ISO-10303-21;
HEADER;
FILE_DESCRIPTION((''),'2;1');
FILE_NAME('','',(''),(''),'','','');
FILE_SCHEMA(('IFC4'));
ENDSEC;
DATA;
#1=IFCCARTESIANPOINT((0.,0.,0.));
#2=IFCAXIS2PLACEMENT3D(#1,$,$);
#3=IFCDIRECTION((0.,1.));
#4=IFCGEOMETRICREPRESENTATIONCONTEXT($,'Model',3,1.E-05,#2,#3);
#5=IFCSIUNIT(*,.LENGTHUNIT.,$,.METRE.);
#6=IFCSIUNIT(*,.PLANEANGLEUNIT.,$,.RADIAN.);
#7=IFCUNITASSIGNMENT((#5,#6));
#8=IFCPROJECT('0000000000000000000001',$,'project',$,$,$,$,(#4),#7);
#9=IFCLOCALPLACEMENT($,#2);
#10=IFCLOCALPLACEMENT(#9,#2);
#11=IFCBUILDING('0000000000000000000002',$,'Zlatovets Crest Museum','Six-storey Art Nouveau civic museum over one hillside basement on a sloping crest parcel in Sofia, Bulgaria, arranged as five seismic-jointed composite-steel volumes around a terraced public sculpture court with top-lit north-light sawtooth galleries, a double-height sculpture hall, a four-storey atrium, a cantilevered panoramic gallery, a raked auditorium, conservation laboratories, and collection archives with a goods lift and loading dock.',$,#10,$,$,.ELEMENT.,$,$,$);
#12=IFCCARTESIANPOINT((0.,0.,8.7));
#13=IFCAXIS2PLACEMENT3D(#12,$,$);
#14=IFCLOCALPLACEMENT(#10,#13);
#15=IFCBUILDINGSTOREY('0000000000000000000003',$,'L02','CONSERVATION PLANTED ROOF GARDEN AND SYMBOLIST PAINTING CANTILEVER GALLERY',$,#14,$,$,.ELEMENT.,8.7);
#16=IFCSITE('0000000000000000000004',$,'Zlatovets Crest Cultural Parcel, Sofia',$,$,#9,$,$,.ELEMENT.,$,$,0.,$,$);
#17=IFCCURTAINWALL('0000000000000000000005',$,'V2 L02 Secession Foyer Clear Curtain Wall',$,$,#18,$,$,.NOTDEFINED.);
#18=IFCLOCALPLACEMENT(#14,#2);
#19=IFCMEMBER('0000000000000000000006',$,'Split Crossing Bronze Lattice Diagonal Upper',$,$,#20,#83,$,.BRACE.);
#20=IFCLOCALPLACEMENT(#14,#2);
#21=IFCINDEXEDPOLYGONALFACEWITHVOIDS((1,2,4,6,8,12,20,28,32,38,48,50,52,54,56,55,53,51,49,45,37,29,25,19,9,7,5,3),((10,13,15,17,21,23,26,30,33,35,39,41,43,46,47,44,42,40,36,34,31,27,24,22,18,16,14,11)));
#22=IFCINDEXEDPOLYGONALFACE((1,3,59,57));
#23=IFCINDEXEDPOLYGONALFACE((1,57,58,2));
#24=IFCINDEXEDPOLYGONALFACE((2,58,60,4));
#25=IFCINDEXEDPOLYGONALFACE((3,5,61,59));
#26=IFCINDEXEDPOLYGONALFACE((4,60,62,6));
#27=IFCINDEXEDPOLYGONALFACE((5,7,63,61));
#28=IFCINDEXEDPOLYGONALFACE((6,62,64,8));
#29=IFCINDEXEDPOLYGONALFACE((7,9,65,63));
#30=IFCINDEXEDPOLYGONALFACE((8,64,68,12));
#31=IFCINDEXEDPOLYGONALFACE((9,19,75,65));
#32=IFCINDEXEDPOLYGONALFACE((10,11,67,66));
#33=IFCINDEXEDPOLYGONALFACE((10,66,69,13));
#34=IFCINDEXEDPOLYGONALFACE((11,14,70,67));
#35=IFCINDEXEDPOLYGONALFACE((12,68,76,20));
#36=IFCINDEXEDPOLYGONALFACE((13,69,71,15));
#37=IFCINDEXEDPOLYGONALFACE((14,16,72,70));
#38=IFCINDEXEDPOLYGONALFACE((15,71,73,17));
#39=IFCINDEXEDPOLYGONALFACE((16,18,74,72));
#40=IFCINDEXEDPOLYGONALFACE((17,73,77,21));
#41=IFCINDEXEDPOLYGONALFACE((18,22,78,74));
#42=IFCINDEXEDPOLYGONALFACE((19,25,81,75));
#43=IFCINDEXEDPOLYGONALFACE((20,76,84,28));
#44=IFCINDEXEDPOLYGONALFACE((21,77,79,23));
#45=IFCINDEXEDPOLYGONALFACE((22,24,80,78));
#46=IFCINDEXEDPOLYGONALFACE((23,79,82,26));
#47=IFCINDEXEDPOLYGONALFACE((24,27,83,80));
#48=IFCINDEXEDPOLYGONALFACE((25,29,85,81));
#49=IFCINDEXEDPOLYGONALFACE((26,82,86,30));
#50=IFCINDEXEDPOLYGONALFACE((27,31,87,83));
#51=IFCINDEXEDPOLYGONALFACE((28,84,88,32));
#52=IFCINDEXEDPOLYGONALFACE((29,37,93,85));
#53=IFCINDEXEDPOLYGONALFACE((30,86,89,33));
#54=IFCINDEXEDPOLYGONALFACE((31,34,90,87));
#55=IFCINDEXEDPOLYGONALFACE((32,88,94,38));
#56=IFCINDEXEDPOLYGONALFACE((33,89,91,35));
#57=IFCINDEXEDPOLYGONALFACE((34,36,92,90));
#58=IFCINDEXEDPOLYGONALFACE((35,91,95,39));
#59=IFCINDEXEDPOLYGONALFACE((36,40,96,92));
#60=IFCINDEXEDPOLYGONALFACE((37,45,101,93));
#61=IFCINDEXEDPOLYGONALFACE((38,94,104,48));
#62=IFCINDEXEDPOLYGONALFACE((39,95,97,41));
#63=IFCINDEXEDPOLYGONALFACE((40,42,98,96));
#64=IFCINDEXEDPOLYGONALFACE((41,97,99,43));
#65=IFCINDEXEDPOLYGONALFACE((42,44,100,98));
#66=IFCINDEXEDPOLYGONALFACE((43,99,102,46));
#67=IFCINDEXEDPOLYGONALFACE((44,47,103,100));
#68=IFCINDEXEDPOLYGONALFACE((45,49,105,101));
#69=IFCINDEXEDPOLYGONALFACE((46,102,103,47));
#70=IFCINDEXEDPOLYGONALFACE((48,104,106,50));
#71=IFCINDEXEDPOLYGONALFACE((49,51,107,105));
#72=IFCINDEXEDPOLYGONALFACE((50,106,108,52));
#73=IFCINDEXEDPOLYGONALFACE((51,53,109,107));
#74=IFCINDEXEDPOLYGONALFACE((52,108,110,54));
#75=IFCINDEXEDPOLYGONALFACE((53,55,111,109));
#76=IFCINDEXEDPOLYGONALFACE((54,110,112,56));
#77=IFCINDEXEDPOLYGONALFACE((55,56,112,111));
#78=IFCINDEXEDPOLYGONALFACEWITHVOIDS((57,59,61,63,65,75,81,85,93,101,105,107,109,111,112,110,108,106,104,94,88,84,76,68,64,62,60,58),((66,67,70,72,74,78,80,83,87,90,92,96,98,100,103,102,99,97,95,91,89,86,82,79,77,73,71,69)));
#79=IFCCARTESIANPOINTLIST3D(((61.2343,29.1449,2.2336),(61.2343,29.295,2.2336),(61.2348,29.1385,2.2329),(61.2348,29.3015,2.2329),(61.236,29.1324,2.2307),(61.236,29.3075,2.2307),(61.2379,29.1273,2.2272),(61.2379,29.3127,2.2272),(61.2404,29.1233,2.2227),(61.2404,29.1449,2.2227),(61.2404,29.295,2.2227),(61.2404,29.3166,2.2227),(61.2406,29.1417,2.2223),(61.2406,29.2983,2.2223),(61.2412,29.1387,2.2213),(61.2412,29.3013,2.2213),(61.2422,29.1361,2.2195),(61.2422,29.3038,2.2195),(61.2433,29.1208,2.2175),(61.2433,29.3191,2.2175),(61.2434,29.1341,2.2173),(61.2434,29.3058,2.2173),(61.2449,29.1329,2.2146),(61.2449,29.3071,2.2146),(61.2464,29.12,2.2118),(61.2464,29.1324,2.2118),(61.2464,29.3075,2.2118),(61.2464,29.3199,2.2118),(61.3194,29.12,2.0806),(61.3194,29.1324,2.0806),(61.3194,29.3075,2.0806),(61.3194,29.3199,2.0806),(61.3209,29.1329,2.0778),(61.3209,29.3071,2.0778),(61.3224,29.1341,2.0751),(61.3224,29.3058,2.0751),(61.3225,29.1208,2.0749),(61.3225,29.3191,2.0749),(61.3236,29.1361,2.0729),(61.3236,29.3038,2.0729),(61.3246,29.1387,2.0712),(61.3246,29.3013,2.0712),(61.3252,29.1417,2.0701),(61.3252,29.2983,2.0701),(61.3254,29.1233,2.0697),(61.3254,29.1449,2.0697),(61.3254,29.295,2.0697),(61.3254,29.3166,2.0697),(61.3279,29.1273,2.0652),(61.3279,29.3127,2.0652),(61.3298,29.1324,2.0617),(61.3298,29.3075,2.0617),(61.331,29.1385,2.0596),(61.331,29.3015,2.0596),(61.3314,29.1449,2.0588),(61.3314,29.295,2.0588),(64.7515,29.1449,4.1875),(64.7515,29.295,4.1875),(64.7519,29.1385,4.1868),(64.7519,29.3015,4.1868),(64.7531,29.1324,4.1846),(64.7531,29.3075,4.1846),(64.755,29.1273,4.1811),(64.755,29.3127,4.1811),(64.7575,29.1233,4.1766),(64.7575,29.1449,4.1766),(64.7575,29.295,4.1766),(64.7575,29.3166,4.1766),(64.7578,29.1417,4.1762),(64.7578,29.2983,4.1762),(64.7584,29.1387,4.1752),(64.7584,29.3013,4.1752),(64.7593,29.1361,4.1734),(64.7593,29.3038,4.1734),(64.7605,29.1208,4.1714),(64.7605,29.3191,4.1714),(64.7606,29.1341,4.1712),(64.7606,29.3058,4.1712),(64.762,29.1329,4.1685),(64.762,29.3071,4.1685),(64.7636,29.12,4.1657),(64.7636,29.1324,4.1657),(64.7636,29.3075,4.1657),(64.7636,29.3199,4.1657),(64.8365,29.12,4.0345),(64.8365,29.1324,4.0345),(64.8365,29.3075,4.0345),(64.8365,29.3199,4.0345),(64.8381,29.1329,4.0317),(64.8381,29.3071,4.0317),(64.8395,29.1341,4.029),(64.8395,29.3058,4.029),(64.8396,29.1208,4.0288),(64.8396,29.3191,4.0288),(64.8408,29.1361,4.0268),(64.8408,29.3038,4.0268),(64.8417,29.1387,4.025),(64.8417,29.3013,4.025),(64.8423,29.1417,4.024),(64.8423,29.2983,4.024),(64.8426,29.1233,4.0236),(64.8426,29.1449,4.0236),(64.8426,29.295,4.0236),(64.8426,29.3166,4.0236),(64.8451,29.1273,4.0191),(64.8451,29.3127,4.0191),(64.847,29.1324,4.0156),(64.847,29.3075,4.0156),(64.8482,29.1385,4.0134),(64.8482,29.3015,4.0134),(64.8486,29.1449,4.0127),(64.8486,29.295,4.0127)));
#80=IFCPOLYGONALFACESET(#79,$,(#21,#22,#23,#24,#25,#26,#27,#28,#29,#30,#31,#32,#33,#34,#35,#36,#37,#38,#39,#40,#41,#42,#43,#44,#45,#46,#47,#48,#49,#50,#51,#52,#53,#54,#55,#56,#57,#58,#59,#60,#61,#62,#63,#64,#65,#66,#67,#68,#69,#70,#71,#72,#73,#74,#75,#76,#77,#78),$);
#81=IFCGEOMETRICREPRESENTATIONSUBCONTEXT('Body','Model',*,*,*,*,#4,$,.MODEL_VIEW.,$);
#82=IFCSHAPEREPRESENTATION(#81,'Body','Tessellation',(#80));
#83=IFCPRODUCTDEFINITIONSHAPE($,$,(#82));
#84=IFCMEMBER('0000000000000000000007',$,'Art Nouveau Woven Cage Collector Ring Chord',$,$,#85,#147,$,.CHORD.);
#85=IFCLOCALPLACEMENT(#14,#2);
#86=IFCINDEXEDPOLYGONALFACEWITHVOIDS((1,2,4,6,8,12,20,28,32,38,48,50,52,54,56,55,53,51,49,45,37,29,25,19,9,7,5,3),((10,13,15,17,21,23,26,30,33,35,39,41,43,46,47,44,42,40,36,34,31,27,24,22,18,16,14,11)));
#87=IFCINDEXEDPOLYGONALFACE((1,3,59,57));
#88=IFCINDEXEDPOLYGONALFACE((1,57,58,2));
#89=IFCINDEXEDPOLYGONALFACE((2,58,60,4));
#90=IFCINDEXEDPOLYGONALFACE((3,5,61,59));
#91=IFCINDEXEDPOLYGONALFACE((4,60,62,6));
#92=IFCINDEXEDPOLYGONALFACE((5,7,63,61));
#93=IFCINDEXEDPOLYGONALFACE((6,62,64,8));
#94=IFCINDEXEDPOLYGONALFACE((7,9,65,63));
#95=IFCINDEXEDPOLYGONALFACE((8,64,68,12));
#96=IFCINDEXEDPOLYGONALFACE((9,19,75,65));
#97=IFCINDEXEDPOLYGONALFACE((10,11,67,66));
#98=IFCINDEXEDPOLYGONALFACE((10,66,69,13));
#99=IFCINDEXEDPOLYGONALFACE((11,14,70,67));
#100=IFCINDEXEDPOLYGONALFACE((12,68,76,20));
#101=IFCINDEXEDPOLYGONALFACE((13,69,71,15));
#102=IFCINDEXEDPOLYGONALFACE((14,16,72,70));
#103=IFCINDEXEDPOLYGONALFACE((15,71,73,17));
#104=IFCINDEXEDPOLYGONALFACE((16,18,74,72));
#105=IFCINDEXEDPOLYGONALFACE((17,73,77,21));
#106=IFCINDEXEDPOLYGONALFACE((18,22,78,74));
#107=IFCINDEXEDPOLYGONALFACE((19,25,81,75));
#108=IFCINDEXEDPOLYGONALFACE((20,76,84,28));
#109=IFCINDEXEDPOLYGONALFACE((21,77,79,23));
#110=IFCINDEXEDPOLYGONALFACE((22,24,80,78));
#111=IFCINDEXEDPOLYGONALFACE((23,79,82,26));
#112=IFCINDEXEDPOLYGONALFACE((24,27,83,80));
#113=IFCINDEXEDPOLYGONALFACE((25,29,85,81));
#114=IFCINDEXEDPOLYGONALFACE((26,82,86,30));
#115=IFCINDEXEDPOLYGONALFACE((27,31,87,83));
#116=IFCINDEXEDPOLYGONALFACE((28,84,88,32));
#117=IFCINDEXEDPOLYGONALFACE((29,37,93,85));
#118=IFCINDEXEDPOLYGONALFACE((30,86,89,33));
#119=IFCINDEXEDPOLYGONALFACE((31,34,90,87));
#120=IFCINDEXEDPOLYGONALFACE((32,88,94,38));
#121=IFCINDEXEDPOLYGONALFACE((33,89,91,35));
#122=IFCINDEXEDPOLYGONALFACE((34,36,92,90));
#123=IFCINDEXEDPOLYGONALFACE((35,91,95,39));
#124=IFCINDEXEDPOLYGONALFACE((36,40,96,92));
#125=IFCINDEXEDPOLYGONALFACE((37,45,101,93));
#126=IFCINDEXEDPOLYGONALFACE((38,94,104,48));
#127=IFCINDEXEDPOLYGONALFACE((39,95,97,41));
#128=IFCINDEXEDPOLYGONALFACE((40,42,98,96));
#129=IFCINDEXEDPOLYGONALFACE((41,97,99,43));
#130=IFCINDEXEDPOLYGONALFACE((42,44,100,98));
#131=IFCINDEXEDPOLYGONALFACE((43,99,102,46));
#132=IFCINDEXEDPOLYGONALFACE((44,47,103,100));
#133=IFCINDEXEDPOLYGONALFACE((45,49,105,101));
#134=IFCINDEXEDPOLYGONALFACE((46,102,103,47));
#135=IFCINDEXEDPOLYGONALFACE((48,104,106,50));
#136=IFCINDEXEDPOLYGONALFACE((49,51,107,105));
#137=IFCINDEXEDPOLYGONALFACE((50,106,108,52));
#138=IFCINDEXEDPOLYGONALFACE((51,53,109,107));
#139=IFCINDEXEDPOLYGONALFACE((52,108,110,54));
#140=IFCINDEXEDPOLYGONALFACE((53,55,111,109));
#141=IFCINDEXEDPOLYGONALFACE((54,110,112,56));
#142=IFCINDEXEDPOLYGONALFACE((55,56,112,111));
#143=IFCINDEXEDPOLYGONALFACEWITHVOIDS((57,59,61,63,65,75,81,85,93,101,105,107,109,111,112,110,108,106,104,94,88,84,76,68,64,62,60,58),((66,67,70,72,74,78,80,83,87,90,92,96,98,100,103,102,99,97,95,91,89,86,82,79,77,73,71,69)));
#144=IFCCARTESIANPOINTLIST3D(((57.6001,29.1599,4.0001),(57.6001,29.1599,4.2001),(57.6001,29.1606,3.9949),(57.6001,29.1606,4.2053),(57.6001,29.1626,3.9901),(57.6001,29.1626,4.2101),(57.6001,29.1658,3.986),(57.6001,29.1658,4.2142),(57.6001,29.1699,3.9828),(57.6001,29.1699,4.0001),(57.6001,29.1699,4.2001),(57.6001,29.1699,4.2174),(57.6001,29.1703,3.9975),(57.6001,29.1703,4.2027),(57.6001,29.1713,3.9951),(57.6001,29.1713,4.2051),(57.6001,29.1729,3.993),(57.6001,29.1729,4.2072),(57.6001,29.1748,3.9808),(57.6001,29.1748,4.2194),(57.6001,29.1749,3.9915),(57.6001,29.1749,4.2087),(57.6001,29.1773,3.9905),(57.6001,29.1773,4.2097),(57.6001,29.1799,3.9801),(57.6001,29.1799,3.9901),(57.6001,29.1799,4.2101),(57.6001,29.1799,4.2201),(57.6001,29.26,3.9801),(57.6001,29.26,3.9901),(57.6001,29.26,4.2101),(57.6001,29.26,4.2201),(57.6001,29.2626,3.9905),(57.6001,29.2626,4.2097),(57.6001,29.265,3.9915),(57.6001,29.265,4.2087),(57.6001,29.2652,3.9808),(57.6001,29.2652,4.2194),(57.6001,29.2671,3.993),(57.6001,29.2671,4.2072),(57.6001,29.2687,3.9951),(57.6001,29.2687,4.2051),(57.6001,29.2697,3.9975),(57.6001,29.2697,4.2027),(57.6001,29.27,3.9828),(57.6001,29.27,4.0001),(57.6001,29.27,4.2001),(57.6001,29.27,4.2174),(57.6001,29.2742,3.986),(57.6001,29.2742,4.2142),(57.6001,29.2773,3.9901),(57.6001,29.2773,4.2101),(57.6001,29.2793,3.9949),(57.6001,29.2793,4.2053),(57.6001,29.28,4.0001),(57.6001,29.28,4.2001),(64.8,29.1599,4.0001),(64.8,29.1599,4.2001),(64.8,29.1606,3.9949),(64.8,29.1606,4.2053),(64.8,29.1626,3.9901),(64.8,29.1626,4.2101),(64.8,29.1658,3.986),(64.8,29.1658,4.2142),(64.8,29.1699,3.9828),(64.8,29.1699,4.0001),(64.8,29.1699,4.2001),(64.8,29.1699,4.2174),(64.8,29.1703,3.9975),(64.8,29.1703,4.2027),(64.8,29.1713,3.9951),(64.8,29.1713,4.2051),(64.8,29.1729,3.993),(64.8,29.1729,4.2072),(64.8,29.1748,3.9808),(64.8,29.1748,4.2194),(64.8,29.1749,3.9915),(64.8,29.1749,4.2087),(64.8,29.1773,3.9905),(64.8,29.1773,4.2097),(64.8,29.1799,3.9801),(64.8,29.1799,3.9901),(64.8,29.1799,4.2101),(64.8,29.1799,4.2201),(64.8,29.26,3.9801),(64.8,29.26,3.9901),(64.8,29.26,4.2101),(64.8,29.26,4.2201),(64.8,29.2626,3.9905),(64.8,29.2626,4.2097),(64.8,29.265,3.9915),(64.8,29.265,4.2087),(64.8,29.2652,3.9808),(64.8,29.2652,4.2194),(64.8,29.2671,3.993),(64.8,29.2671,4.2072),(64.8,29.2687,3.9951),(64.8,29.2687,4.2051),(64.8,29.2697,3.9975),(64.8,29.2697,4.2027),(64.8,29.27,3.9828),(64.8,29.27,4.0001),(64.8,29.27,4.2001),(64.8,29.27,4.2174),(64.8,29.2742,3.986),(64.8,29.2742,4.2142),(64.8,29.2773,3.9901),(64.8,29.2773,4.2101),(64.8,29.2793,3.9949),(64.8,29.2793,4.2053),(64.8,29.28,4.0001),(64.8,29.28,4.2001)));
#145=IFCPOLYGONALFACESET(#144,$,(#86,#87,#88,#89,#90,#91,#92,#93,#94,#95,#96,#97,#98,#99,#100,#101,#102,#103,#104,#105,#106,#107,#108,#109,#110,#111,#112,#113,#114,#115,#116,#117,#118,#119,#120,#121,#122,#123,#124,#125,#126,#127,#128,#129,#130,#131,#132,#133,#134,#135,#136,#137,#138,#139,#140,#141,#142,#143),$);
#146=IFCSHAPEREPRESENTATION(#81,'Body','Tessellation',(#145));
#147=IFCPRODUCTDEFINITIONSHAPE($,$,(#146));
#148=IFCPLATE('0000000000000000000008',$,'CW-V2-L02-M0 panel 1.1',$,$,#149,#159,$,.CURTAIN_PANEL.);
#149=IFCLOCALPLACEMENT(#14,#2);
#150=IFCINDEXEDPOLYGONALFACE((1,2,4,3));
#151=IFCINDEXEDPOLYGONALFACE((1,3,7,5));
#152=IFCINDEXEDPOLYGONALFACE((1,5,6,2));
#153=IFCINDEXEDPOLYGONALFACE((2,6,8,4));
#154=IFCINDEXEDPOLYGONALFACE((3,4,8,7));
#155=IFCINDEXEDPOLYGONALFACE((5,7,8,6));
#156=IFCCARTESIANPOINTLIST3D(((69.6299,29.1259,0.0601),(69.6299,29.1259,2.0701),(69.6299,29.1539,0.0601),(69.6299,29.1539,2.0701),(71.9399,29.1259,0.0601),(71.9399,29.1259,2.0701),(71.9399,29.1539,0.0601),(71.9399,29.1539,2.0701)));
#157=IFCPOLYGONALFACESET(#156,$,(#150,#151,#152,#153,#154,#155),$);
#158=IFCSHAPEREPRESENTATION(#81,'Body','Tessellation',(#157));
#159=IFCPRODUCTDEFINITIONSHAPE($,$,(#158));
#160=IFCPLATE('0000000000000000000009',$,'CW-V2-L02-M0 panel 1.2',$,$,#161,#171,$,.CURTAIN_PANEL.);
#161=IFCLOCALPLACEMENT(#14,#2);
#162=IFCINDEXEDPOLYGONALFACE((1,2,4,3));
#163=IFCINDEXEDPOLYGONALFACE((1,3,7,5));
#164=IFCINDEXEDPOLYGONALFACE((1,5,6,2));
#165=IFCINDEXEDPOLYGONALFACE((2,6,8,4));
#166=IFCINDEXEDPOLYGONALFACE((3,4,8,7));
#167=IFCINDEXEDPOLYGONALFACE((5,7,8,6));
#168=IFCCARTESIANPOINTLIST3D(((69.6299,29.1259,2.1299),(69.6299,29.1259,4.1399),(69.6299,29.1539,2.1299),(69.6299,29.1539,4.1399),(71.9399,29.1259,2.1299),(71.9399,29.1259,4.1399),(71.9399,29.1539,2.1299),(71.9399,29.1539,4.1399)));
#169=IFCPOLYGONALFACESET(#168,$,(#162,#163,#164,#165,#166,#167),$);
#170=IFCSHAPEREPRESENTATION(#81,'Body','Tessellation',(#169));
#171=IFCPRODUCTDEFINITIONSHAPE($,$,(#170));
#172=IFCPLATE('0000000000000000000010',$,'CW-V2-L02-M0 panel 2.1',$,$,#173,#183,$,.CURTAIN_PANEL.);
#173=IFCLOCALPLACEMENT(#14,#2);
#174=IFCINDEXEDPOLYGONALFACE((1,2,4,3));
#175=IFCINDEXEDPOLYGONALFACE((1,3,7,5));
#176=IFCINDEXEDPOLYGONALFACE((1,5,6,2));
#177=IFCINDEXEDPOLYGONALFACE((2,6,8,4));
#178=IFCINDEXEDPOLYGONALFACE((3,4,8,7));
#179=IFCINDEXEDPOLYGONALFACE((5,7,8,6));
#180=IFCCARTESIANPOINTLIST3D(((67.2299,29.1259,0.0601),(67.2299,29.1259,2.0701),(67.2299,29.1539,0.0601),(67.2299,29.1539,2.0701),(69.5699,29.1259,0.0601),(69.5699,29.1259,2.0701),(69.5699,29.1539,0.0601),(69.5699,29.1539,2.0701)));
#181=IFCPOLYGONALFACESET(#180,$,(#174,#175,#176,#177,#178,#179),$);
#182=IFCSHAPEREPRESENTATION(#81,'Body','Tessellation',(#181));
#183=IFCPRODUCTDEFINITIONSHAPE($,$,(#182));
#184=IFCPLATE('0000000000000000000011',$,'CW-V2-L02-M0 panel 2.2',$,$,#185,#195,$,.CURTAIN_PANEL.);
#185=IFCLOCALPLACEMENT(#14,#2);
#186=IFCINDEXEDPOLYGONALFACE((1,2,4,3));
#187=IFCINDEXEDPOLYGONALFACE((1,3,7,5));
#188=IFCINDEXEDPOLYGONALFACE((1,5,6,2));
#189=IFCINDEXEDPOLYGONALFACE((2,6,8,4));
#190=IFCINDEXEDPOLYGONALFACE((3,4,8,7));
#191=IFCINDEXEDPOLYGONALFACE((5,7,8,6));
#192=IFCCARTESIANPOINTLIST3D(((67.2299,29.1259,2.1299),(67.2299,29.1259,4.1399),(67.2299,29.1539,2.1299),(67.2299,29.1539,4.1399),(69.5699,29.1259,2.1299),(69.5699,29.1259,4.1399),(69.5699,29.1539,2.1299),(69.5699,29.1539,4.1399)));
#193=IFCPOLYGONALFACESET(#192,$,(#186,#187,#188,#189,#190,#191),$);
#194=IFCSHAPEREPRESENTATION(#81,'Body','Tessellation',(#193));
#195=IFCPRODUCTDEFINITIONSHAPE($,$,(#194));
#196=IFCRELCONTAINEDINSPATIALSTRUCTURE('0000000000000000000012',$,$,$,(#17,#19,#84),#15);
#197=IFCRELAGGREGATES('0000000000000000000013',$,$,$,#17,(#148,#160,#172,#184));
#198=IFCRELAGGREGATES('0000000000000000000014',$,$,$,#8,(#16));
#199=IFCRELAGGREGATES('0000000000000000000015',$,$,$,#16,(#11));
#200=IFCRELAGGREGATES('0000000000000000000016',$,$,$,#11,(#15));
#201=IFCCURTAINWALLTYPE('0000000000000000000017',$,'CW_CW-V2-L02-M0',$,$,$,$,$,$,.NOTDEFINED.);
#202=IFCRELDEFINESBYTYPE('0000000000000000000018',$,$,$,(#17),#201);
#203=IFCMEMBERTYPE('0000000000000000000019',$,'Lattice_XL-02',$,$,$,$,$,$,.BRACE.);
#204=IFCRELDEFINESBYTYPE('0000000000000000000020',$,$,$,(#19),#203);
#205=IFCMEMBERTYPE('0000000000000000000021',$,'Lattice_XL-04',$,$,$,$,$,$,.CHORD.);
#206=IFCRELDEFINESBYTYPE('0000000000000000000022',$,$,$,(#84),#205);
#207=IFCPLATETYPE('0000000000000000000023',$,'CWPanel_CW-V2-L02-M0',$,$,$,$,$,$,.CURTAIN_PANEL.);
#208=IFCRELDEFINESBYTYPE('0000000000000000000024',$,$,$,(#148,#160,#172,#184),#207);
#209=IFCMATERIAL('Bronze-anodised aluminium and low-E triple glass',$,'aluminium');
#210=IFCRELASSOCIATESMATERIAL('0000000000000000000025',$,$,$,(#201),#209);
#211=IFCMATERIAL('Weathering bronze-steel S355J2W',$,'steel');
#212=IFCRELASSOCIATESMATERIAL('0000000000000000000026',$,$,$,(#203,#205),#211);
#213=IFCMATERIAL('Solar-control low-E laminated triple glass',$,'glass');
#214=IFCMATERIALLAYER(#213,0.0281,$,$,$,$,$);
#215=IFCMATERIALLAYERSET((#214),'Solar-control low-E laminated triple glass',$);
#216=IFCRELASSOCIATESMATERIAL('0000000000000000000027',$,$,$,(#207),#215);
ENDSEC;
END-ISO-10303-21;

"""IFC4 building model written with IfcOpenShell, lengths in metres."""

from ifc_helpers import new_model, si_unit, direction, frame, origin, origin_2d, place, context, subcontext, project, spatial, rectangle, hollow_rectangle, extrude, material, layer, layer_set, material_profile, profile_set, type_object, element, aggregate, save


model = new_model("IFC4")

# Units and contexts
model_context = context("Model", 3, precision=1e-05, world=origin(), true_north=direction((0.0, 1.0)))
body_context = subcontext(model_context, "Body", "Model", "MODEL_VIEW")
ifc_project = project(units=[si_unit("LENGTHUNIT", "METRE"), si_unit("PLANEANGLEUNIT", "RADIAN")], contexts=[model_context])

# Site, building, storey
site_placement = place(None, origin())
site = spatial("IfcSite", under=ifc_project, at=site_placement, Name="Zlatovets Crest Cultural Parcel, Sofia", CompositionType="ELEMENT", RefElevation=0.0)
building_placement = place(site_placement, origin())
building = spatial("IfcBuilding", under=site, at=building_placement, Name="Zlatovets Crest Museum", Description="Six-storey Art Nouveau civic museum over one hillside basement on a sloping crest parcel in Sofia, Bulgaria, arranged as five seismic-jointed composite-steel volumes around a terraced public sculpture court with top-lit north-light sawtooth galleries, a double-height sculpture hall, a four-storey atrium, a cantilevered panoramic gallery, a raked auditorium, conservation laboratories, and collection archives with a goods lift and loading dock.", CompositionType="ELEMENT")
storey_placement = place(building_placement, frame((0.0, 0.0, 8.7)))
storey = spatial("IfcBuildingStorey", under=building, at=storey_placement, Name="L02", Description="CONSERVATION PLANTED ROOF GARDEN AND SYMBOLIST PAINTING CANTILEVER GALLERY", CompositionType="ELEMENT", Elevation=8.7)

# Curtain wall
ifc_material_1 = material(Name="Bronze-anodised aluminium and low-E triple glass", Category="aluminium")
curtain_wall_type_1 = type_object("IfcCurtainWallType", Name="CW_CW-V2-L02-M0", PredefinedType="NOTDEFINED", material=ifc_material_1)
curtain_wall_1_placement = place(storey_placement, origin())
curtain_wall_1 = element("IfcCurtainWall", 1, at=curtain_wall_1_placement, inside=storey, type_object=curtain_wall_type_1, Name="V2 L02 Secession Foyer Clear Curtain Wall", PredefinedType="NOTDEFINED")

# Members
ifc_material_2 = material(Name="Weathering bronze-steel S355J2W", Category="steel")
ifc_material_profile_1 = material_profile(ifc_material_2, hollow_rectangle(XDim=0.2, YDim=0.2, WallThickness=0.0125, InnerFilletRadius=0.0125, OuterFilletRadius=0.0249, at=origin_2d()), Name="SHS 200x200x12.5")
ifc_profile_set_1 = profile_set([ifc_material_profile_1], Name="Weathering bronze-steel S355J2W")
member_type_1 = type_object("IfcMemberType", Name="Lattice_XL-02", PredefinedType="BRACE", material=ifc_profile_set_1)
member_1_placement = place(storey_placement, frame((64.8, 29.22, 4.1001), z_axis=(-0.874166, 0.0, -0.485627), x_axis=(0.0, -1.0, 0.0)))
element("IfcMember", 2, at=member_1_placement, inside=storey, type_object=member_type_1, Name="Split Crossing Bronze Lattice Diagonal Upper", PredefinedType="BRACE", context=body_context, shape_type="SweptSolid", body=[
    extrude(hollow_rectangle(XDim=0.2, YDim=0.2, WallThickness=0.0125, InnerFilletRadius=0.0125, OuterFilletRadius=0.0249, at=origin_2d()), origin(), (0.0, 0.0, 1.0), 4.0234),
])
ifc_material_profile_2 = material_profile(ifc_material_2, hollow_rectangle(XDim=0.1201, YDim=0.24, WallThickness=0.01, InnerFilletRadius=0.01, OuterFilletRadius=0.02, at=origin_2d()), Name="RHS 120x240x10.0")
ifc_profile_set_2 = profile_set([ifc_material_profile_2], Name="Weathering bronze-steel S355J2W")
member_type_2 = type_object("IfcMemberType", Name="Lattice_XL-04", PredefinedType="CHORD", material=ifc_profile_set_2)
member_2_placement = place(storey_placement, frame((64.8, 29.22, 4.1001), z_axis=(-1.0, 0.0, 0.0), x_axis=(0.0, -1.0, 0.0)))
element("IfcMember", 3, at=member_2_placement, inside=storey, type_object=member_type_2, Name="Art Nouveau Woven Cage Collector Ring Chord", PredefinedType="CHORD", context=body_context, shape_type="SweptSolid", body=[
    extrude(hollow_rectangle(XDim=0.1201, YDim=0.24, WallThickness=0.01, InnerFilletRadius=0.01, OuterFilletRadius=0.02, at=origin_2d()), origin(), (0.0, 0.0, 1.0), 7.2),
])

# Plates
ifc_material_3 = material(Name="Solar-control low-E laminated triple glass", Category="glass")
ifc_layer_1 = layer(ifc_material_3, 0.0281)
ifc_layer_set_1 = layer_set([ifc_layer_1], Name="Solar-control low-E laminated triple glass")
plate_type_1 = type_object("IfcPlateType", Name="CWPanel_CW-V2-L02-M0", PredefinedType="CURTAIN_PANEL", material=ifc_layer_set_1)
plate_1_placement = place(storey_placement, frame((70.7849, 29.1399, 0.0601), z_axis=(0.0, 0.0, 1.0), x_axis=(-1.0, 0.0, 0.0)))
plate_1 = element("IfcPlate", 4, at=plate_1_placement, type_object=plate_type_1, Name="CW-V2-L02-M0 panel 1.1", PredefinedType="CURTAIN_PANEL", context=body_context, shape_type="SweptSolid", body=[
    extrude(rectangle(XDim=2.3101, YDim=0.0281, at=origin_2d()), origin(), (0.0, 0.0, 1.0), 2.01),
])
plate_2_placement = place(storey_placement, frame((70.7849, 29.1399, 2.1299), z_axis=(0.0, 0.0, 1.0), x_axis=(-1.0, 0.0, 0.0)))
plate_2 = element("IfcPlate", 5, at=plate_2_placement, type_object=plate_type_1, Name="CW-V2-L02-M0 panel 1.2", PredefinedType="CURTAIN_PANEL", context=body_context, shape_type="SweptSolid", body=[
    extrude(rectangle(XDim=2.3101, YDim=0.0281, at=origin_2d()), origin(), (0.0, 0.0, 1.0), 2.01),
])
plate_3_placement = place(storey_placement, frame((68.3999, 29.1399, 0.0601), z_axis=(0.0, 0.0, 1.0), x_axis=(-1.0, 0.0, 0.0)))
plate_3 = element("IfcPlate", 6, at=plate_3_placement, type_object=plate_type_1, Name="CW-V2-L02-M0 panel 2.1", PredefinedType="CURTAIN_PANEL", context=body_context, shape_type="SweptSolid", body=[
    extrude(rectangle(XDim=2.3401, YDim=0.0281, at=origin_2d()), origin(), (0.0, 0.0, 1.0), 2.01),
])
plate_4_placement = place(storey_placement, frame((68.3999, 29.1399, 2.1299), z_axis=(0.0, 0.0, 1.0), x_axis=(-1.0, 0.0, 0.0)))
plate_4 = element("IfcPlate", 7, at=plate_4_placement, type_object=plate_type_1, Name="CW-V2-L02-M0 panel 2.2", PredefinedType="CURTAIN_PANEL", context=body_context, shape_type="SweptSolid", body=[
    extrude(rectangle(XDim=2.3401, YDim=0.0281, at=origin_2d()), origin(), (0.0, 0.0, 1.0), 2.01),
])
aggregate(curtain_wall_1, [plate_1, plate_2, plate_3, plate_4])

save(model, "model.ifc")
